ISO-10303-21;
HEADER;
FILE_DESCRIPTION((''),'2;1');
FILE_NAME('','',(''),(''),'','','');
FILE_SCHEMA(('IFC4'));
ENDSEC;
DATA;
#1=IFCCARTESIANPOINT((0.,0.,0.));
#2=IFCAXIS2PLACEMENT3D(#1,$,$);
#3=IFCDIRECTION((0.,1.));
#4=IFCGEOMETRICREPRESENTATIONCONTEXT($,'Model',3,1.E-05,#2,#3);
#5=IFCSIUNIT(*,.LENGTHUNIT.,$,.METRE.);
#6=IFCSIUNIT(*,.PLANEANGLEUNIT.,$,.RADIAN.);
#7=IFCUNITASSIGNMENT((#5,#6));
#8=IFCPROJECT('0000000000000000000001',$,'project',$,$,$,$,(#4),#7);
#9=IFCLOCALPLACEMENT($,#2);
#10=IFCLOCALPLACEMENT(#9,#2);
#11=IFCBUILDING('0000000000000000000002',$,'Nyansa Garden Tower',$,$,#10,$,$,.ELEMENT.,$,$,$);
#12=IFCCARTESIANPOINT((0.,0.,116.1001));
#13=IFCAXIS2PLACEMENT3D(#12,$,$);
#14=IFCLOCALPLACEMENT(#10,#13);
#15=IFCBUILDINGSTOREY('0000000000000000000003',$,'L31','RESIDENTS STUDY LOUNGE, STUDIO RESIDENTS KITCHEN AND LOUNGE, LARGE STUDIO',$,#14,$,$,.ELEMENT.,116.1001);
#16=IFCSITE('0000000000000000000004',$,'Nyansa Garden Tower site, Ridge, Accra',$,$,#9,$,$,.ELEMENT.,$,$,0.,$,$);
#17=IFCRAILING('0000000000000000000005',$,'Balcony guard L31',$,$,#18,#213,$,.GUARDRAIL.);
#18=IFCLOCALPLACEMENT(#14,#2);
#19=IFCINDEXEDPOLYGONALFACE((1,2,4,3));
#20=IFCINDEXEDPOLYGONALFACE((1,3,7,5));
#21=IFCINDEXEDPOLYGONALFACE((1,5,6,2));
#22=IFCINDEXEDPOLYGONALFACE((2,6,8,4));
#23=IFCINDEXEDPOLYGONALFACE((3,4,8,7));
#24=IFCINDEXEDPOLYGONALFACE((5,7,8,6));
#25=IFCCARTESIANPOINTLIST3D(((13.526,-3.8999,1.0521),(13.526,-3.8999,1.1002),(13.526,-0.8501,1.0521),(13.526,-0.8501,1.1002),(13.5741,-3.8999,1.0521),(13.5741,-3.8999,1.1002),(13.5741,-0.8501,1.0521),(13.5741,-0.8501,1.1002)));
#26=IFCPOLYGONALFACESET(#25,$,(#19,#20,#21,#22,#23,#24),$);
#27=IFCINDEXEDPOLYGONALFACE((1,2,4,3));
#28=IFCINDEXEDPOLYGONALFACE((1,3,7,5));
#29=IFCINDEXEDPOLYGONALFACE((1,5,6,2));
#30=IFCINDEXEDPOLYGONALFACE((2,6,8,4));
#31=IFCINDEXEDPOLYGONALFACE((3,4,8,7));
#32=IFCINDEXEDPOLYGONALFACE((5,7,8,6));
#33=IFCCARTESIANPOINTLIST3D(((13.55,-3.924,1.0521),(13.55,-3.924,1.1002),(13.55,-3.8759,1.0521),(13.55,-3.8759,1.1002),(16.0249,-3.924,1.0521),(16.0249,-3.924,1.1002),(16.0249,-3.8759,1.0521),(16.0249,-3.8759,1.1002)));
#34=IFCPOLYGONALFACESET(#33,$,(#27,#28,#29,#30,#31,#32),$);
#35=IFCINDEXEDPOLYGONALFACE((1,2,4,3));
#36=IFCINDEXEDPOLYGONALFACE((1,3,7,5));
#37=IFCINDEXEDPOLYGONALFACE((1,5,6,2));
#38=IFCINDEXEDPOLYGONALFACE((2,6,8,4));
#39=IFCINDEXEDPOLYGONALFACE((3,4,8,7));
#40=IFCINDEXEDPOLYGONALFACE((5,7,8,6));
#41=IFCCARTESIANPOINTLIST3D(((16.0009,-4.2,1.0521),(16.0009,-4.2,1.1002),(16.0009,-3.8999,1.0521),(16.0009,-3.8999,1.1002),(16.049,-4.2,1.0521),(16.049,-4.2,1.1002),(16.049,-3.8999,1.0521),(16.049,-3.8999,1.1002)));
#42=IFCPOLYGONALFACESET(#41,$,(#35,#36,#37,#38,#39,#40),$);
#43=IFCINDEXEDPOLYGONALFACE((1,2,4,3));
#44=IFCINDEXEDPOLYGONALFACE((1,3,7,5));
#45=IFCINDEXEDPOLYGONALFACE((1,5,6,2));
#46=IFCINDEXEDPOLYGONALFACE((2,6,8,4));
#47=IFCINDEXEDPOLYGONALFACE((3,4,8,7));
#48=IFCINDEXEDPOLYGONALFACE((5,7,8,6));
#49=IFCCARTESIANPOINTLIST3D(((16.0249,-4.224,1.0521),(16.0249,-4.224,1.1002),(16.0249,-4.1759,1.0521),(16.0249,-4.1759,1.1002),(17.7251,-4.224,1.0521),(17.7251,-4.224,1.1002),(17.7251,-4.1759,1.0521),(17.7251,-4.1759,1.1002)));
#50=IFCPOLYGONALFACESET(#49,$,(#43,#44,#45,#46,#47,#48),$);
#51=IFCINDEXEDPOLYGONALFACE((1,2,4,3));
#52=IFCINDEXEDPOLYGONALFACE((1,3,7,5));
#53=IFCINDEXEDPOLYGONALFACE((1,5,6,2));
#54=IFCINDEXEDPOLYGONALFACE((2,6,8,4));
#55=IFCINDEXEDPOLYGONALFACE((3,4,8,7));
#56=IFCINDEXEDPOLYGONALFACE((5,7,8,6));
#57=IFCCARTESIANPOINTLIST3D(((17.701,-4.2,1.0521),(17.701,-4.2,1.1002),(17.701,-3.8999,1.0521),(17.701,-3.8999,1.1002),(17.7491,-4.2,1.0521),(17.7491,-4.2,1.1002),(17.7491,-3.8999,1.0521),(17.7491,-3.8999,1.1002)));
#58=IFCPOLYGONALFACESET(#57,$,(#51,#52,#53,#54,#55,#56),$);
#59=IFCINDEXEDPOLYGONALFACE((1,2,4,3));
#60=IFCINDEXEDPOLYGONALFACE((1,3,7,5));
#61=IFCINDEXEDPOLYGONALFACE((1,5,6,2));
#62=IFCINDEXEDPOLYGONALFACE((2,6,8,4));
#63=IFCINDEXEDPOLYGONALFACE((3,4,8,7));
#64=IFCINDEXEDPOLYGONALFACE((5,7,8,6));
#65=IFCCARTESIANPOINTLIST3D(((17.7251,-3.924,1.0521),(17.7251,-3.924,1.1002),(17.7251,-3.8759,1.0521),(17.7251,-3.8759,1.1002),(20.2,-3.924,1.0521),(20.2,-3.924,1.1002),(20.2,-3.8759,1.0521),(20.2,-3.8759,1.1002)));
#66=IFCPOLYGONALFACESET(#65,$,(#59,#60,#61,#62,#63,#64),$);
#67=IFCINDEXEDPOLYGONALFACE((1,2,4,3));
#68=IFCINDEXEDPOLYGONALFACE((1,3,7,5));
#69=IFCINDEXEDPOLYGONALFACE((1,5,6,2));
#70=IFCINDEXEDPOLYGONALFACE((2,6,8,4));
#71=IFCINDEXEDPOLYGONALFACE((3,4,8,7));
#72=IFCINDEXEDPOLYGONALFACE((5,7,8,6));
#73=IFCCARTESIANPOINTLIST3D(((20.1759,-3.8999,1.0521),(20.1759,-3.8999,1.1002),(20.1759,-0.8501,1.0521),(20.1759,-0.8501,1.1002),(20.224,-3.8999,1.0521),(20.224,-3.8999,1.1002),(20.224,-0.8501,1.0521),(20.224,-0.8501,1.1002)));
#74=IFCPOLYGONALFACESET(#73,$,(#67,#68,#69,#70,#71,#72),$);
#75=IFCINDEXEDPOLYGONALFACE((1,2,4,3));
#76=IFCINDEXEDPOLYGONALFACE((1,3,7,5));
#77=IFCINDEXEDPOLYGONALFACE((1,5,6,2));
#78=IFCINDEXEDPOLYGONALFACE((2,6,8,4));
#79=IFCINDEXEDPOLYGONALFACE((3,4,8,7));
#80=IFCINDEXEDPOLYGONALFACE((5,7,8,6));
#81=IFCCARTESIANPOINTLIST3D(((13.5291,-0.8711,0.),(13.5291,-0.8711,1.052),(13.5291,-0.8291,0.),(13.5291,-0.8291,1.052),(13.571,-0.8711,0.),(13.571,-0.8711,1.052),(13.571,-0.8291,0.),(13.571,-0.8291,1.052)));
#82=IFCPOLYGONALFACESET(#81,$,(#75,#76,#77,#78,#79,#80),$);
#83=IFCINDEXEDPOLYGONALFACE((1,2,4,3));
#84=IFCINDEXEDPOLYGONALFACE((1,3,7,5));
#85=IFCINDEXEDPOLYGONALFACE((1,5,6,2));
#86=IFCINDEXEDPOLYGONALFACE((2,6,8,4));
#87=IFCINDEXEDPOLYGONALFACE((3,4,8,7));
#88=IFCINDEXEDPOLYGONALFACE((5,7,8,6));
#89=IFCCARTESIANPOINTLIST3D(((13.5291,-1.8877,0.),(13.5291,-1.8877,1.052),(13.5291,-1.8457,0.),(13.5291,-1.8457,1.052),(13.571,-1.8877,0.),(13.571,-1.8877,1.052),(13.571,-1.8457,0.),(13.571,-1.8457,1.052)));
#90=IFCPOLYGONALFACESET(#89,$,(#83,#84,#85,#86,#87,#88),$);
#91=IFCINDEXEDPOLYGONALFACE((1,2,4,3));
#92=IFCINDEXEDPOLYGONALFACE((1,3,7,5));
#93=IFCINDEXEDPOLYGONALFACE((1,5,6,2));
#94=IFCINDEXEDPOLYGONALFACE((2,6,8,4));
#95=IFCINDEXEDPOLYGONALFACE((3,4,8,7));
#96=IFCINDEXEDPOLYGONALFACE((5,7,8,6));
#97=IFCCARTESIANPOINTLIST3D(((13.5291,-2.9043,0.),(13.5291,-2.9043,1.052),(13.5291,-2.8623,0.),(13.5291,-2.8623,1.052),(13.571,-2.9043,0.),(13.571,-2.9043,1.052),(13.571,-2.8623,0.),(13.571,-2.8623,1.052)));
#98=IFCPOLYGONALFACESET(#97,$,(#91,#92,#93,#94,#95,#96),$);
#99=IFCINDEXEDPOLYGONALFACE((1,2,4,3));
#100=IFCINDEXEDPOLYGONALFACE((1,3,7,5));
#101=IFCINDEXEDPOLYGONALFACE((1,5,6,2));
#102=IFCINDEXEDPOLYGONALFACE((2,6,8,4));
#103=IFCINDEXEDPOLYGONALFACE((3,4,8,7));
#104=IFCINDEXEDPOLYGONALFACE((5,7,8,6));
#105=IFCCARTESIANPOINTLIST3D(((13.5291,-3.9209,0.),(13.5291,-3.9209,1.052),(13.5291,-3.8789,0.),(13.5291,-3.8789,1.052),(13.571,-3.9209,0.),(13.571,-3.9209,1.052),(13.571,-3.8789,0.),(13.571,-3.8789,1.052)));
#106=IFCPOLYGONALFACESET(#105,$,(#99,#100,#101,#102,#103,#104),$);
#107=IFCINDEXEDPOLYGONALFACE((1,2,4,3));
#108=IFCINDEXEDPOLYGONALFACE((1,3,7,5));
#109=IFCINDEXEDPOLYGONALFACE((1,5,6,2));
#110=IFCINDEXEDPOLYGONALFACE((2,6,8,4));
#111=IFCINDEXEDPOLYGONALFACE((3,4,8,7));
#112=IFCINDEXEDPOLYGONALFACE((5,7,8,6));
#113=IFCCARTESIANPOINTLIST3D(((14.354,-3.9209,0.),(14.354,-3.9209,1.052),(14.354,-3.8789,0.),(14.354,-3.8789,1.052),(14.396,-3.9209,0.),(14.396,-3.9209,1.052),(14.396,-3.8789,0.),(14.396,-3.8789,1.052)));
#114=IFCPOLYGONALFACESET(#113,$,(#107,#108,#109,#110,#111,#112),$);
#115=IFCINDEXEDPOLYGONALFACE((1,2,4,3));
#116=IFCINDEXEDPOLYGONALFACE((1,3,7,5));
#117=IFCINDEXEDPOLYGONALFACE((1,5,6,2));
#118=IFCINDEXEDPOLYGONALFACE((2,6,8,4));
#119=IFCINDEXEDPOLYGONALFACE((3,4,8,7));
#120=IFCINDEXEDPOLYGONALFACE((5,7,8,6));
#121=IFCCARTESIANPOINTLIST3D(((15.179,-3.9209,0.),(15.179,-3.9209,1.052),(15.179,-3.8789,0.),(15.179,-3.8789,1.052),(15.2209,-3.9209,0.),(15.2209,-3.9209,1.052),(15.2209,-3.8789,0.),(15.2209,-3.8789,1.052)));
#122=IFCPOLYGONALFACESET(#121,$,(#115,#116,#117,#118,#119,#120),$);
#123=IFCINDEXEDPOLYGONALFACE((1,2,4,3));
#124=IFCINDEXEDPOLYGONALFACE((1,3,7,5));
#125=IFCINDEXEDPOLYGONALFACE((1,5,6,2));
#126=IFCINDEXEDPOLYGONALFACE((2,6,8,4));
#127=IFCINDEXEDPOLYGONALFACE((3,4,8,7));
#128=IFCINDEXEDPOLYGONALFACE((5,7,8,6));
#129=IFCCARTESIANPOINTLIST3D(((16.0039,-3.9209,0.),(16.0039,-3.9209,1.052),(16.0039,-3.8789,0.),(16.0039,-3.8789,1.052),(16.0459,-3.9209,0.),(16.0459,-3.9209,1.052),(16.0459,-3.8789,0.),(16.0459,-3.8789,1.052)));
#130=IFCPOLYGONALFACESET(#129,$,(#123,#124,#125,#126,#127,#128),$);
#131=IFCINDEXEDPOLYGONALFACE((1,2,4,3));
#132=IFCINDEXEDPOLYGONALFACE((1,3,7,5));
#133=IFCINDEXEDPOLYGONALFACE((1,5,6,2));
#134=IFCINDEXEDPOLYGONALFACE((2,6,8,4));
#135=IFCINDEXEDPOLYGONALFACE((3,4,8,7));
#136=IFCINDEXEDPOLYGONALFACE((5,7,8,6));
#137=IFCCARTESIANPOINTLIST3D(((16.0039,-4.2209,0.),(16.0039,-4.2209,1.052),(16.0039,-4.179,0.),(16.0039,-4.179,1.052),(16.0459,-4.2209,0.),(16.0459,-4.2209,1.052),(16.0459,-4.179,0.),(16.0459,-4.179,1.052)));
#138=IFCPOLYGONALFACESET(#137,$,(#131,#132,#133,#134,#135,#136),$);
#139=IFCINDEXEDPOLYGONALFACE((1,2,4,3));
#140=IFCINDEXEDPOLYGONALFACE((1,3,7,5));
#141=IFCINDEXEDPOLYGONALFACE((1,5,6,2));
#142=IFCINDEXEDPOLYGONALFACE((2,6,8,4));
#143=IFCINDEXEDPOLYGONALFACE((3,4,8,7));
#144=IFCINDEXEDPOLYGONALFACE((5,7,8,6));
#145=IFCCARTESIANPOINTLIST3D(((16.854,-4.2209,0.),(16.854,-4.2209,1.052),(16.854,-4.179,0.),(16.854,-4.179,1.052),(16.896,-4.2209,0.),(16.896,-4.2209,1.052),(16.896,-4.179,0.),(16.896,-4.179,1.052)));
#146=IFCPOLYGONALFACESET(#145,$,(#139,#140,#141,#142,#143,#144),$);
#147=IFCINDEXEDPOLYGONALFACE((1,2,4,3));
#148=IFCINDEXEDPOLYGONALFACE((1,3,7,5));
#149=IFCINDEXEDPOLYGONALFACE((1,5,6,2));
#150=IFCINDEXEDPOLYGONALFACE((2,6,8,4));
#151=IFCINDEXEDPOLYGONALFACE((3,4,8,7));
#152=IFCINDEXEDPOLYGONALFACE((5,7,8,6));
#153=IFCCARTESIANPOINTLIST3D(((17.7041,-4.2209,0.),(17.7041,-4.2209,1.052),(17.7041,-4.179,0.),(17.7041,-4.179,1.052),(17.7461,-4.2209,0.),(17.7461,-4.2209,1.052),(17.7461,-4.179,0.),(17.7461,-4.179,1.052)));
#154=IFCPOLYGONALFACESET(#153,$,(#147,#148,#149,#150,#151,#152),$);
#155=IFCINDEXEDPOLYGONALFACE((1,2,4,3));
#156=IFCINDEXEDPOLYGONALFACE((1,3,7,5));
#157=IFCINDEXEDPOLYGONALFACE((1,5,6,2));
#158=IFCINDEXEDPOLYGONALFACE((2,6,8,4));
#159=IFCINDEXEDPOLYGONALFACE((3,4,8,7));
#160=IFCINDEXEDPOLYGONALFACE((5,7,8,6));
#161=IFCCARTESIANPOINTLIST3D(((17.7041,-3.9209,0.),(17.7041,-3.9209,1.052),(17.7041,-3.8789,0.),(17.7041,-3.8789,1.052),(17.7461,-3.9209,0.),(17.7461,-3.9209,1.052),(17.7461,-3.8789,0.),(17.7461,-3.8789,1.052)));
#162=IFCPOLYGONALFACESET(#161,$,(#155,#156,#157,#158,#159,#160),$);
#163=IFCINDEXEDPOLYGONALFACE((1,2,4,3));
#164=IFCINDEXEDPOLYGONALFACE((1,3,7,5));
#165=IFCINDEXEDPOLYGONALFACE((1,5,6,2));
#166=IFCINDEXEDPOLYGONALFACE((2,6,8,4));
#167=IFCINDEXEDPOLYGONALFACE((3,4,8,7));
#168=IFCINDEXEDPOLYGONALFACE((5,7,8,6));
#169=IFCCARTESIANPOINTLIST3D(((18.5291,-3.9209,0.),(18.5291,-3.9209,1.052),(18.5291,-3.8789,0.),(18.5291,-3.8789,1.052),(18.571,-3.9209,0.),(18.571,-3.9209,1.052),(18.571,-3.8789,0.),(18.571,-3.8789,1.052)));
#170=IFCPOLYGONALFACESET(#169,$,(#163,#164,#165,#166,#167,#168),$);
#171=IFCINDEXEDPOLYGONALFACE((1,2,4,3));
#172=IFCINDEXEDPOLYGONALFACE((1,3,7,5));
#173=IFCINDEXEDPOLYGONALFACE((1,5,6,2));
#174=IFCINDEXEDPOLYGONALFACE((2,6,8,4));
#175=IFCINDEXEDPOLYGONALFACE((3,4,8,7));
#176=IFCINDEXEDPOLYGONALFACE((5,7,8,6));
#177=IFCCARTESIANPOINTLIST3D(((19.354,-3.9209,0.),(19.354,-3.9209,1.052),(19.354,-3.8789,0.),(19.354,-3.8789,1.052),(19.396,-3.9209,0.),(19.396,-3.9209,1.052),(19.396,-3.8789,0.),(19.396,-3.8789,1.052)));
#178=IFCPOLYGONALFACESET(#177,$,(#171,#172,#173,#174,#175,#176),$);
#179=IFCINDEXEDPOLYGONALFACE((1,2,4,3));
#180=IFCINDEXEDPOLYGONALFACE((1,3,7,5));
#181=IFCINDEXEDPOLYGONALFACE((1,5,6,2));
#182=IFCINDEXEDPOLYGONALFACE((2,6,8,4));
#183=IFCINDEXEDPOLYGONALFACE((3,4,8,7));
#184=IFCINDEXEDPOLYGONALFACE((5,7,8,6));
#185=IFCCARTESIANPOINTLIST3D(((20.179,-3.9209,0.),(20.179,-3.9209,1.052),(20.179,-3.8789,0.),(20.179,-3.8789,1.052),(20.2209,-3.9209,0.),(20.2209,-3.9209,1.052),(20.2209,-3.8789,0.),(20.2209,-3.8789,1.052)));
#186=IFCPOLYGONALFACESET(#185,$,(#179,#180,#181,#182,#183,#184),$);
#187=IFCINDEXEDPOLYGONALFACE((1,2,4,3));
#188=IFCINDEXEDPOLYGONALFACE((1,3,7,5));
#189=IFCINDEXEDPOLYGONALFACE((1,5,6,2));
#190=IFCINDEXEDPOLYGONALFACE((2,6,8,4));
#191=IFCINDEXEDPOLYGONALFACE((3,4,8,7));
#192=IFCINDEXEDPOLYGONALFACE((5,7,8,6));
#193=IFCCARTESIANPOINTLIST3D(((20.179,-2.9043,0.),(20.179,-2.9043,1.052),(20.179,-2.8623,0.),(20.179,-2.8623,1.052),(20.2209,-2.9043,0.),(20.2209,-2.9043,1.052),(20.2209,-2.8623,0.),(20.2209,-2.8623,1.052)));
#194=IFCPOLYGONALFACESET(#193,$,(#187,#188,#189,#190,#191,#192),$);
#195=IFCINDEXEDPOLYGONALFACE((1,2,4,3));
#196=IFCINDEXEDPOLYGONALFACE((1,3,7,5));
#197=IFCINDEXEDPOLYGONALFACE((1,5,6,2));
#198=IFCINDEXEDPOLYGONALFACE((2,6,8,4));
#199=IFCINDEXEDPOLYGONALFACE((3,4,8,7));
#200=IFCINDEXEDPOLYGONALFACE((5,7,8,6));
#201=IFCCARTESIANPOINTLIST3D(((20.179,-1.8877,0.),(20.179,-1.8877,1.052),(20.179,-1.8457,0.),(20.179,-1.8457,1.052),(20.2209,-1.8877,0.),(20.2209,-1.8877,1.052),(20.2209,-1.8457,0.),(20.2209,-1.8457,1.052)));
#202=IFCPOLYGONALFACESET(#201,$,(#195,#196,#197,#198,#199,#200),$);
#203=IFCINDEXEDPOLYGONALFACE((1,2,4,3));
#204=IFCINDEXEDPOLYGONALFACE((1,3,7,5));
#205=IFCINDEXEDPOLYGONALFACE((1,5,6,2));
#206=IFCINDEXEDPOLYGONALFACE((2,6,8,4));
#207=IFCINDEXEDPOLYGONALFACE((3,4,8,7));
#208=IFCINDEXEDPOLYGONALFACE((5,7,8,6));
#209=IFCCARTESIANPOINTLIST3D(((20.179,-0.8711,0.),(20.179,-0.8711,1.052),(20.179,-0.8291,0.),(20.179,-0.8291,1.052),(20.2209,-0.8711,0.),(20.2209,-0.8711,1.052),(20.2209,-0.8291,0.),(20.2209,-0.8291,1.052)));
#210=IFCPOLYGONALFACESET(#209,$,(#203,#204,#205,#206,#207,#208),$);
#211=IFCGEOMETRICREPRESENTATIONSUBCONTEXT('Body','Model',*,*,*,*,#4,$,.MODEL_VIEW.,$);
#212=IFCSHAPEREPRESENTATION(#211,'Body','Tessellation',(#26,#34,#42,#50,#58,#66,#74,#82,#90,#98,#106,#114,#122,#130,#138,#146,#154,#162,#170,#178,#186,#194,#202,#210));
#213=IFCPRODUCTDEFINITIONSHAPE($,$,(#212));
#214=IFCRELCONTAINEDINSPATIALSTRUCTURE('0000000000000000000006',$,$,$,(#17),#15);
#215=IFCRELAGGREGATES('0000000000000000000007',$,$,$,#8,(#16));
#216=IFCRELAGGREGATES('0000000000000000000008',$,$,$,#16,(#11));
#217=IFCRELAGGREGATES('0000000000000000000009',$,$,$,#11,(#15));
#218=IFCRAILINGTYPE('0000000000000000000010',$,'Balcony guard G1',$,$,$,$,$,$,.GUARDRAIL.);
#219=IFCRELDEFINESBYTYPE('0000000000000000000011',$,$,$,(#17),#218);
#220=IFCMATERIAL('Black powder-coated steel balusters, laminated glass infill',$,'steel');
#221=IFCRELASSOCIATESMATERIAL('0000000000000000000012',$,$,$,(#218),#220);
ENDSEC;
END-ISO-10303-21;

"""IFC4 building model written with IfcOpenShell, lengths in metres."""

from ifc_helpers import new_model, si_unit, direction, frame, origin, origin_2d, place, context, subcontext, project, spatial, rectangle, extrude, material, type_object, element, save


model = new_model("IFC4")

# Units and contexts
model_context = context("Model", 3, precision=1e-05, world=origin(), true_north=direction((0.0, 1.0)))
body_context = subcontext(model_context, "Body", "Model", "MODEL_VIEW")
ifc_project = project(units=[si_unit("LENGTHUNIT", "METRE"), si_unit("PLANEANGLEUNIT", "RADIAN")], contexts=[model_context])

# Site, building, storey
site_placement = place(None, origin())
site = spatial("IfcSite", under=ifc_project, at=site_placement, Name="Nyansa Garden Tower site, Ridge, Accra", CompositionType="ELEMENT", RefElevation=0.0)
building_placement = place(site_placement, origin())
building = spatial("IfcBuilding", under=site, at=building_placement, Name="Nyansa Garden Tower", CompositionType="ELEMENT")
storey_placement = place(building_placement, frame((0.0, 0.0, 116.1001)))
storey = spatial("IfcBuildingStorey", under=building, at=storey_placement, Name="L31", Description="RESIDENTS STUDY LOUNGE, STUDIO RESIDENTS KITCHEN AND LOUNGE, LARGE STUDIO", CompositionType="ELEMENT", Elevation=116.1001)

# Railing
ifc_material_1 = material(Name="Black powder-coated steel balusters, laminated glass infill", Category="steel")
railing_type = type_object("IfcRailingType", Name="Balcony guard G1", PredefinedType="GUARDRAIL", material=ifc_material_1)
railing_placement = place(storey_placement, frame((13.55, -0.8501, 0.0)))
element("IfcRailing", 1, at=railing_placement, inside=storey, type_object=railing_type, Name="Balcony guard L31", PredefinedType="GUARDRAIL", context=body_context, shape_type="SweptSolid", body=[
    extrude(rectangle(XDim=0.0481, YDim=0.0481, at=origin_2d()), frame((0.0, 0.0, 1.0762), z_axis=(0.0, -1.0, 0.0), x_axis=(1.0, 0.0, 0.0)), (0.0, 0.0, 1.0), 3.0498),
    extrude(rectangle(XDim=0.0481, YDim=0.0481, at=origin_2d()), frame((0.0, -3.0498, 1.0762), z_axis=(1.0, 0.0, 0.0), x_axis=(0.0, 1.0, 0.0)), (0.0, 0.0, 1.0), 2.4749),
    extrude(rectangle(XDim=0.0481, YDim=0.0481, at=origin_2d()), frame((2.4749, -3.0498, 1.0762), z_axis=(0.0, -1.0, 0.0), x_axis=(1.0, 0.0, 0.0)), (0.0, 0.0, 1.0), 0.3),
    extrude(rectangle(XDim=0.0481, YDim=0.0481, at=origin_2d()), frame((2.4749, -3.3499, 1.0762), z_axis=(1.0, 0.0, 0.0), x_axis=(0.0, 1.0, 0.0)), (0.0, 0.0, 1.0), 1.7002),
    extrude(rectangle(XDim=0.0481, YDim=0.0481, at=origin_2d()), frame((4.175, -3.3499, 1.0762), z_axis=(0.0, 1.0, 0.0), x_axis=(-1.0, 0.0, 0.0)), (0.0, 0.0, 1.0), 0.3),
    extrude(rectangle(XDim=0.0481, YDim=0.0481, at=origin_2d()), frame((4.175, -3.0498, 1.0762), z_axis=(1.0, 0.0, 0.0), x_axis=(0.0, 1.0, 0.0)), (0.0, 0.0, 1.0), 2.4749),
    extrude(rectangle(XDim=0.0481, YDim=0.0481, at=origin_2d()), frame((6.6499, -3.0498, 1.0762), z_axis=(0.0, 1.0, 0.0), x_axis=(-1.0, 0.0, 0.0)), (0.0, 0.0, 1.0), 3.0498),
    extrude(rectangle(XDim=0.042, YDim=0.042, at=origin_2d()), origin(), (0.0, 0.0, 1.0), 1.052),
    extrude(rectangle(XDim=0.042, YDim=0.042, at=origin_2d()), frame((0.0, -1.0166, 0.0)), (0.0, 0.0, 1.0), 1.052),
    extrude(rectangle(XDim=0.042, YDim=0.042, at=origin_2d()), frame((0.0, -2.0332, 0.0)), (0.0, 0.0, 1.0), 1.052),
    extrude(rectangle(XDim=0.042, YDim=0.042, at=origin_2d()), frame((0.0, -3.0498, 0.0)), (0.0, 0.0, 1.0), 1.052),
    extrude(rectangle(XDim=0.042, YDim=0.042, at=origin_2d()), frame((0.825, -3.0498, 0.0)), (0.0, 0.0, 1.0), 1.052),
    extrude(rectangle(XDim=0.042, YDim=0.042, at=origin_2d()), frame((1.6499, -3.0498, 0.0)), (0.0, 0.0, 1.0), 1.052),
    extrude(rectangle(XDim=0.042, YDim=0.042, at=origin_2d()), frame((2.4749, -3.0498, 0.0)), (0.0, 0.0, 1.0), 1.052),
    extrude(rectangle(XDim=0.042, YDim=0.042, at=origin_2d()), frame((2.4749, -3.3499, 0.0)), (0.0, 0.0, 1.0), 1.052),
    extrude(rectangle(XDim=0.042, YDim=0.042, at=origin_2d()), frame((3.325, -3.3499, 0.0)), (0.0, 0.0, 1.0), 1.052),
    extrude(rectangle(XDim=0.042, YDim=0.042, at=origin_2d()), frame((4.175, -3.3499, 0.0)), (0.0, 0.0, 1.0), 1.052),
    extrude(rectangle(XDim=0.042, YDim=0.042, at=origin_2d()), frame((4.175, -3.0498, 0.0)), (0.0, 0.0, 1.0), 1.052),
    extrude(rectangle(XDim=0.042, YDim=0.042, at=origin_2d()), frame((5.0, -3.0498, 0.0)), (0.0, 0.0, 1.0), 1.052),
    extrude(rectangle(XDim=0.042, YDim=0.042, at=origin_2d()), frame((5.825, -3.0498, 0.0)), (0.0, 0.0, 1.0), 1.052),
    extrude(rectangle(XDim=0.042, YDim=0.042, at=origin_2d()), frame((6.6499, -3.0498, 0.0)), (0.0, 0.0, 1.0), 1.052),
    extrude(rectangle(XDim=0.042, YDim=0.042, at=origin_2d()), frame((6.6499, -2.0332, 0.0)), (0.0, 0.0, 1.0), 1.052),
    extrude(rectangle(XDim=0.042, YDim=0.042, at=origin_2d()), frame((6.6499, -1.0166, 0.0)), (0.0, 0.0, 1.0), 1.052),
    extrude(rectangle(XDim=0.042, YDim=0.042, at=origin_2d()), frame((6.6499, 0.0, 0.0)), (0.0, 0.0, 1.0), 1.052),
])

save(model, "model.ifc")
